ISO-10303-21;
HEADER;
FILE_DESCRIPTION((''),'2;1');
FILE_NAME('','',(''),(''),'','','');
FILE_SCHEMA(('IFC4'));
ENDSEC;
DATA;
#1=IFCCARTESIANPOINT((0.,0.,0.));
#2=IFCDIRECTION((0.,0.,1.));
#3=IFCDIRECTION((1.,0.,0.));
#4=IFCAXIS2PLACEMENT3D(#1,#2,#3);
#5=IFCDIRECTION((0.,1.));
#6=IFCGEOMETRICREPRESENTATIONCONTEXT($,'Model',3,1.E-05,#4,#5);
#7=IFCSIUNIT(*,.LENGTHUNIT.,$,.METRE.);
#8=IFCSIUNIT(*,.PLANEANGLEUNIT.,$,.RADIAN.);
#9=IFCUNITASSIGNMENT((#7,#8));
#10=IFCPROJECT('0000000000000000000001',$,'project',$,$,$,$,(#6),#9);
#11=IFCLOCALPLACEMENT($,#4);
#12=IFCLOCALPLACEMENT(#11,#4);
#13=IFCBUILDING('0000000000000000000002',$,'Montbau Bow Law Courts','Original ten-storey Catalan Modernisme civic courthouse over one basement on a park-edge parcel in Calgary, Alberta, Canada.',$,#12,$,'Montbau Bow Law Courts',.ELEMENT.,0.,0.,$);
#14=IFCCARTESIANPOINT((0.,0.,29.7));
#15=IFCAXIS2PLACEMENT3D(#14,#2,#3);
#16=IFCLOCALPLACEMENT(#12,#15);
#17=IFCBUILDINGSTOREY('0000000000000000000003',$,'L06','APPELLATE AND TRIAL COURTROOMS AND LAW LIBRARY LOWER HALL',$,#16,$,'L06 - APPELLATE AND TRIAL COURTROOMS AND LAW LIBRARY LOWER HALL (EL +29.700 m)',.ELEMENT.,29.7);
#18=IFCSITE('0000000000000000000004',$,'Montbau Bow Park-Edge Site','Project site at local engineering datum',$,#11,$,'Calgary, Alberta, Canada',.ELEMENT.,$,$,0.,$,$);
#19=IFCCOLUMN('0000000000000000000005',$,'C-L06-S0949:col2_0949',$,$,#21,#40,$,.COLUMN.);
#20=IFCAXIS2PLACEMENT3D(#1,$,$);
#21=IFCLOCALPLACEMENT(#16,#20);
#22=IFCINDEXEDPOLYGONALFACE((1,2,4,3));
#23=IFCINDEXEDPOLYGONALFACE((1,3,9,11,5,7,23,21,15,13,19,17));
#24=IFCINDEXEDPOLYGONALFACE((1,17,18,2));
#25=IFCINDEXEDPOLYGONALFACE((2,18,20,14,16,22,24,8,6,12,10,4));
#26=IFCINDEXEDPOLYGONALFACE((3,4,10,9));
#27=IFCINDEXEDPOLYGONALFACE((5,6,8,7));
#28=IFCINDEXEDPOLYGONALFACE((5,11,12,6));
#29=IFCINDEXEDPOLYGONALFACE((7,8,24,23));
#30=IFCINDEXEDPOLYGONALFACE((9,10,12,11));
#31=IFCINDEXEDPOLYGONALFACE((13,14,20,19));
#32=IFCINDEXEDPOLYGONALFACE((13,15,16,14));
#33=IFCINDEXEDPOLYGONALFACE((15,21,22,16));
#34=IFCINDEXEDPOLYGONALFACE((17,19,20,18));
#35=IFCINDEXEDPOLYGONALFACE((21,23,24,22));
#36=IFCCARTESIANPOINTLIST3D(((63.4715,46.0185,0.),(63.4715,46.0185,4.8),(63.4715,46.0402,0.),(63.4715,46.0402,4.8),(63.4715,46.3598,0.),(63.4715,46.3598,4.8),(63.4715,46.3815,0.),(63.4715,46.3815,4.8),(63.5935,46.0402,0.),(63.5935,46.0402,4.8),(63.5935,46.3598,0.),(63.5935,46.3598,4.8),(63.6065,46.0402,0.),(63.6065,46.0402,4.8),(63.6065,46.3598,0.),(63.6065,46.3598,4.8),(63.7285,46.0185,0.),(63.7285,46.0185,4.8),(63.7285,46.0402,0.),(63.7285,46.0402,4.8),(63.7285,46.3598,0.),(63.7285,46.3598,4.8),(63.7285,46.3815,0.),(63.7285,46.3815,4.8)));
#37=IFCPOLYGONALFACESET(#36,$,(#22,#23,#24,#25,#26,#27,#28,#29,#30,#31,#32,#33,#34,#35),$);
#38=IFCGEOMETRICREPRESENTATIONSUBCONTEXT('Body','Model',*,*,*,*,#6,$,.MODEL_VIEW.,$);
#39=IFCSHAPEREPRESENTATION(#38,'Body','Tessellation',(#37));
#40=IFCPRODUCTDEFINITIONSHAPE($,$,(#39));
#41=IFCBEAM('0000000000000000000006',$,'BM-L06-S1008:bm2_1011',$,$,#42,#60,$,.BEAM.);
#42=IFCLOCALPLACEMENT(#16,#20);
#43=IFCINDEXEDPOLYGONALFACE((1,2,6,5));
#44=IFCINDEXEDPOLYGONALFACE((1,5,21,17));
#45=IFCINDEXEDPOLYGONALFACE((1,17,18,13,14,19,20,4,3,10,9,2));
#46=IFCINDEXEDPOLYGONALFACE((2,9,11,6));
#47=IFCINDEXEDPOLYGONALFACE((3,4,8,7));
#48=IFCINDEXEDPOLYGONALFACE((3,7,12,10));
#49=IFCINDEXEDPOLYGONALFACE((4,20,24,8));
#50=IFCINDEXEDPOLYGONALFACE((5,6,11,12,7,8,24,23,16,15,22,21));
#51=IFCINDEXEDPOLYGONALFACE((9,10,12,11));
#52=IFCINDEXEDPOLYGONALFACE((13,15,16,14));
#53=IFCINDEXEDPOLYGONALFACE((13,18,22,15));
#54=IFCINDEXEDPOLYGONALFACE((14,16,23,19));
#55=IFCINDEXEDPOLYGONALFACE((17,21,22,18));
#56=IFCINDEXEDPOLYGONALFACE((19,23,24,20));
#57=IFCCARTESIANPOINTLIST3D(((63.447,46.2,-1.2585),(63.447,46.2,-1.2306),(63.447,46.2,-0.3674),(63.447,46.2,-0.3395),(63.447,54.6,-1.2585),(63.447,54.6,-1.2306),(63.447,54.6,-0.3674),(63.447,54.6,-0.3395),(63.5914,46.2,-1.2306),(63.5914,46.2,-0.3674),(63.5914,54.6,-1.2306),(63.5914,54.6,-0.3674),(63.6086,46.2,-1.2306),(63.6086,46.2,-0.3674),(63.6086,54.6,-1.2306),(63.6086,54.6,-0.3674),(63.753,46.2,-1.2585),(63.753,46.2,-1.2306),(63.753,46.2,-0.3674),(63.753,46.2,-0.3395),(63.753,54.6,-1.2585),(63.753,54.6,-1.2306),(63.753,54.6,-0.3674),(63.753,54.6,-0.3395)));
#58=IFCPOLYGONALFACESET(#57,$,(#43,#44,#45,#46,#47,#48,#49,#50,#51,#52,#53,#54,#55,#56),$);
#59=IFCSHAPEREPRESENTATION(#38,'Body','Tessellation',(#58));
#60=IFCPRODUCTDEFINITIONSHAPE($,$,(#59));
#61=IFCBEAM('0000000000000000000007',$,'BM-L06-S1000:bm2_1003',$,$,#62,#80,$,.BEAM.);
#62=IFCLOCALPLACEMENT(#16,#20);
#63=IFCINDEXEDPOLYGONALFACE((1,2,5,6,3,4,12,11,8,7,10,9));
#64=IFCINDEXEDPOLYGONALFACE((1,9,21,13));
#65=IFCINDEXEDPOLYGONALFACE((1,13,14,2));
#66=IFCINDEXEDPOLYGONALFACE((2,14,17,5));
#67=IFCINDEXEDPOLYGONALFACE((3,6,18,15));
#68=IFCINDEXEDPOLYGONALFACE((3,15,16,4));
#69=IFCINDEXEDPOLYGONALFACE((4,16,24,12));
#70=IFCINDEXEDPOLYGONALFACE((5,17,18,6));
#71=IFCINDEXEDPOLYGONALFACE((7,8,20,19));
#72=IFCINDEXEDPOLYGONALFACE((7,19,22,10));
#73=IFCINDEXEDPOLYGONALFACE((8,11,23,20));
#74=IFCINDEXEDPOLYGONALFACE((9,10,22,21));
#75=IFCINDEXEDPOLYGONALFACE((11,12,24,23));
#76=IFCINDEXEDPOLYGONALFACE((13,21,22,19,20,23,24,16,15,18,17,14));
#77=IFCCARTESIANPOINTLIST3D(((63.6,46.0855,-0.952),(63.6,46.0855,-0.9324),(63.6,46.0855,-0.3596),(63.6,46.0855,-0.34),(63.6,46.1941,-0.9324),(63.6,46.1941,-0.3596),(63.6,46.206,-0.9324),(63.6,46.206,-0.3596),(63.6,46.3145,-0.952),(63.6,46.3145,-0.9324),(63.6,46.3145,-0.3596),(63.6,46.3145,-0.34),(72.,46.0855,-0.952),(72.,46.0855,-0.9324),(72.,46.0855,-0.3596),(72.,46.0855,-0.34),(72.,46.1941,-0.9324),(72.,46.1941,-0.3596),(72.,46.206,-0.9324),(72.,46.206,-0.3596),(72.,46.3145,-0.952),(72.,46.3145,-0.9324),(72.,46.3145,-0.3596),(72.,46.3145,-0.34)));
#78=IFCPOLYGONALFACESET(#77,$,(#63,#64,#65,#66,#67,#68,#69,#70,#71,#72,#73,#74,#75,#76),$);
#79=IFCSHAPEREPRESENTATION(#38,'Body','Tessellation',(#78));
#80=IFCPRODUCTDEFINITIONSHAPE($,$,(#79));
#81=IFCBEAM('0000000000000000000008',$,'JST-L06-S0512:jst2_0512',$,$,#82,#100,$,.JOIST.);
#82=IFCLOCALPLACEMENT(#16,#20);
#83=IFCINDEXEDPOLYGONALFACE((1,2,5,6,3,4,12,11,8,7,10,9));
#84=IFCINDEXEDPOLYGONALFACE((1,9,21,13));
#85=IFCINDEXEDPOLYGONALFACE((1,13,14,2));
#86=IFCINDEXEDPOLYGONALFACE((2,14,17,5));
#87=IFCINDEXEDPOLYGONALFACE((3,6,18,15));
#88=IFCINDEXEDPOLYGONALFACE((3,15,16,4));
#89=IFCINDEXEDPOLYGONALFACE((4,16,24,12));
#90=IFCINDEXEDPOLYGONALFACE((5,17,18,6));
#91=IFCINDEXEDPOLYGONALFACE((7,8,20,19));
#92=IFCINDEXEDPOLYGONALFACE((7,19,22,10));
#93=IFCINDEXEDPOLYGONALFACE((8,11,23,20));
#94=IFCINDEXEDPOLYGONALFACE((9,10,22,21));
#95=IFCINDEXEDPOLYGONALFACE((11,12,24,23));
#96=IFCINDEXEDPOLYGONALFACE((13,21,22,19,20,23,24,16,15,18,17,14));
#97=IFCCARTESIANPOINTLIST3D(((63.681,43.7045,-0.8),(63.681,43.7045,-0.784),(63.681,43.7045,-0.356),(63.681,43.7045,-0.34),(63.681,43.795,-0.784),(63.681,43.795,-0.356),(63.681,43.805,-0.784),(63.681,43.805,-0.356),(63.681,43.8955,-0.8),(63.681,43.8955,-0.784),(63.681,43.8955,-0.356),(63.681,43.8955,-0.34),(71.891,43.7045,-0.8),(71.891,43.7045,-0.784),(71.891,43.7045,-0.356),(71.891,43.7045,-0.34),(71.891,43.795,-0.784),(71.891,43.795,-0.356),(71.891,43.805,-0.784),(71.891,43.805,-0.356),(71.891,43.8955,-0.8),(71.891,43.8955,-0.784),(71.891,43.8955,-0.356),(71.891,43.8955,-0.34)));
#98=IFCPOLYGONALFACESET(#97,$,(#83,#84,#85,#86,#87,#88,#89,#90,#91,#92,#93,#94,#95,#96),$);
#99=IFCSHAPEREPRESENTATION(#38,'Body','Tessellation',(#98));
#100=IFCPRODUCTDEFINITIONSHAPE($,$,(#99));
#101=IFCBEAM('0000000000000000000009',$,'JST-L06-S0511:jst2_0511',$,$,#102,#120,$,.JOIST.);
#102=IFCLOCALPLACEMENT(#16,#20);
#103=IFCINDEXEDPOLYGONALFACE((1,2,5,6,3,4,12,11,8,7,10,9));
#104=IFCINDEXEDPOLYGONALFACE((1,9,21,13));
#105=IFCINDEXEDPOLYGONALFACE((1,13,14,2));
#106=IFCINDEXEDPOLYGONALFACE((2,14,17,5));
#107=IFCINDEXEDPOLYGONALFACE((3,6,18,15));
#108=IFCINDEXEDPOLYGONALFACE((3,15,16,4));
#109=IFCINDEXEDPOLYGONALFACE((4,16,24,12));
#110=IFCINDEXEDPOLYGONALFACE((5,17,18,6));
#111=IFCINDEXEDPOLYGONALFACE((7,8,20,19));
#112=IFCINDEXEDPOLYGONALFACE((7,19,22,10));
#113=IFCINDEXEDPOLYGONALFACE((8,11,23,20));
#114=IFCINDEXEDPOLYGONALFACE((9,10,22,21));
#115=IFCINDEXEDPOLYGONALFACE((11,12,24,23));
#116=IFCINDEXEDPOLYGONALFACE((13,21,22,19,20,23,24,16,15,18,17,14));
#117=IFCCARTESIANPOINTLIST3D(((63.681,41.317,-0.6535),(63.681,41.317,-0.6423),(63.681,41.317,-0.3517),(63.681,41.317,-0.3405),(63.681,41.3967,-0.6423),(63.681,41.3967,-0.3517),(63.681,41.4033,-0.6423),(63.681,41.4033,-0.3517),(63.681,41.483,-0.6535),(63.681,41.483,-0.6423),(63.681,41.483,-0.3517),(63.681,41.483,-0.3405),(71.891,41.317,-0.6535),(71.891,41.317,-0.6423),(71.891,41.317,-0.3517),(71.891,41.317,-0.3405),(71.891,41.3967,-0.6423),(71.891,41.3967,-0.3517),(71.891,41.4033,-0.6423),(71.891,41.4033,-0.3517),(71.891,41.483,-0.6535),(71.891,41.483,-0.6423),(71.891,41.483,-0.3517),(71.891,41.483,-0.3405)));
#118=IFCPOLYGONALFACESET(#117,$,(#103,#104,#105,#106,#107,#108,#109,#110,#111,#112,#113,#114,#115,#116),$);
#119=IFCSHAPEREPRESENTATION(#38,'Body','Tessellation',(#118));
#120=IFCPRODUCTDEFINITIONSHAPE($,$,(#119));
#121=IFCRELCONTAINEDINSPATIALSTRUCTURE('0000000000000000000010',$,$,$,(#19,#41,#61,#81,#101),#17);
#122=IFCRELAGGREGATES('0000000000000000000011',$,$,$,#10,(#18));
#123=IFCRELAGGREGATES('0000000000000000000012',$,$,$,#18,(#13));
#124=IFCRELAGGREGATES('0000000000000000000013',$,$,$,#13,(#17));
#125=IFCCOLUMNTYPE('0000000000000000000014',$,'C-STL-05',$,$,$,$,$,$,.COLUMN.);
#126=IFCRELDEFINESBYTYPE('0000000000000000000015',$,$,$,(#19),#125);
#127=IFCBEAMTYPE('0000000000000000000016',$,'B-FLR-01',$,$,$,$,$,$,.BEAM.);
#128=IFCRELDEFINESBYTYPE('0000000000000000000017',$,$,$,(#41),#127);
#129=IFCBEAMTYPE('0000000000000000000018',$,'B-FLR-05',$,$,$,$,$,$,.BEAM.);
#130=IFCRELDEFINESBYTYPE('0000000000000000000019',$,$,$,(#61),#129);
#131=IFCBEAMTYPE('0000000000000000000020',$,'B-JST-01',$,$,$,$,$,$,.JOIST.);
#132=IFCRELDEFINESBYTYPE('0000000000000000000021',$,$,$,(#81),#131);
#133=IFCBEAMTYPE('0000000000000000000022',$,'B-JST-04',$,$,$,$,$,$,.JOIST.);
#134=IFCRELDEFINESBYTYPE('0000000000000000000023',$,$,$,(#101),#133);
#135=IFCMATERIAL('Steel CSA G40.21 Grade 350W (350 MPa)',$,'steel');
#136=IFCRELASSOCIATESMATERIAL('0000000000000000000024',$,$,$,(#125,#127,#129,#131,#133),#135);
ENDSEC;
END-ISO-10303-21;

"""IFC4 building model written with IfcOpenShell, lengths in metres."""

from ifc_helpers import new_model, si_unit, direction, frame, origin_with_axes, origin_2d_with_axis, place, context, subcontext, project, spatial, i_section, extrude, material, material_profile, profile_set, type_object, element, save


model = new_model("IFC4")

# Units and contexts
model_context = context("Model", 3, precision=1e-05, world=origin_with_axes(), true_north=direction((0.0, 1.0)))
body_context = subcontext(model_context, "Body", "Model", "MODEL_VIEW")
ifc_project = project(units=[si_unit("LENGTHUNIT", "METRE"), si_unit("PLANEANGLEUNIT", "RADIAN")], contexts=[model_context])

# Site, building, storey
site_placement = place(None, origin_with_axes())
site = spatial("IfcSite", under=ifc_project, at=site_placement, Name="Montbau Bow Park-Edge Site", Description="Project site at local engineering datum", LongName="Calgary, Alberta, Canada", CompositionType="ELEMENT", RefElevation=0.0)
building_placement = place(site_placement, origin_with_axes())
building = spatial("IfcBuilding", under=site, at=building_placement, Name="Montbau Bow Law Courts", Description="Original ten-storey Catalan Modernisme civic courthouse over one basement on a park-edge parcel in Calgary, Alberta, Canada.", LongName="Montbau Bow Law Courts", CompositionType="ELEMENT", ElevationOfRefHeight=0.0, ElevationOfTerrain=0.0)
storey_placement = place(building_placement, frame((0.0, 0.0, 29.7), z_axis=(0.0, 0.0, 1.0), x_axis=(1.0, 0.0, 0.0)))
storey = spatial("IfcBuildingStorey", under=building, at=storey_placement, Name="L06", Description="APPELLATE AND TRIAL COURTROOMS AND LAW LIBRARY LOWER HALL", LongName="L06 - APPELLATE AND TRIAL COURTROOMS AND LAW LIBRARY LOWER HALL (EL +29.700 m)", CompositionType="ELEMENT", Elevation=29.7)

# Column
ifc_material_1 = material(Name="Steel CSA G40.21 Grade 350W (350 MPa)", Category="steel")
ifc_material_profile_1 = material_profile(ifc_material_1, i_section(OverallWidth=0.257, OverallDepth=0.363, WebThickness=0.013, FlangeThickness=0.0217, at=origin_2d_with_axis()), Name="W360X122", Category="Main", Priority=0)
ifc_profile_set_1 = profile_set([ifc_material_profile_1], Name="Steel CSA G40.21 Grade 350W (350 MPa)")
column_type = type_object("IfcColumnType", Name="C-STL-05", PredefinedType="COLUMN", material=ifc_profile_set_1)
column_placement = place(None, frame((63.6, 46.2, 29.7), z_axis=(0.0, 0.0, 1.0), x_axis=(1.0, 0.0, 0.0)))
element("IfcColumn", 1, at=column_placement, inside=storey, type_object=column_type, Name="C-L06-S0949:col2_0949", PredefinedType="COLUMN", context=body_context, shape_type="SweptSolid", body=[
    extrude(i_section(OverallWidth=0.257, OverallDepth=0.363, WebThickness=0.013, FlangeThickness=0.0217, at=origin_2d_with_axis()), origin_with_axes(), (0.0, 0.0, 1.0), 4.8),
])

# Beams
ifc_material_profile_2 = material_profile(ifc_material_1, i_section(OverallWidth=0.306, OverallDepth=0.919, WebThickness=0.0173, FlangeThickness=0.0279, at=origin_2d_with_axis()), Name="W920X253", Category="Main", Priority=0)
ifc_profile_set_2 = profile_set([ifc_material_profile_2], Name="Steel CSA G40.21 Grade 350W (350 MPa)")
beam_type_1 = type_object("IfcBeamType", Name="B-FLR-01", PredefinedType="BEAM", material=ifc_profile_set_2)
beam_1_placement = place(None, frame((63.6, 46.2, 28.901), z_axis=(0.0, 1.0, 0.0), x_axis=(-1.0, 0.0, 0.0)))
element("IfcBeam", 2, at=beam_1_placement, inside=storey, type_object=beam_type_1, Name="BM-L06-S1008:bm2_1011", PredefinedType="BEAM", context=body_context, shape_type="SweptSolid", body=[
    extrude(i_section(OverallWidth=0.306, OverallDepth=0.919, WebThickness=0.0173, FlangeThickness=0.0279, at=origin_2d_with_axis()), origin_with_axes(), (0.0, 0.0, 1.0), 8.4),
])
ifc_material_profile_3 = material_profile(ifc_material_1, i_section(OverallWidth=0.229, OverallDepth=0.612, WebThickness=0.0119, FlangeThickness=0.0196, at=origin_2d_with_axis()), Name="W610X125", Category="Main", Priority=0)
ifc_profile_set_3 = profile_set([ifc_material_profile_3], Name="Steel CSA G40.21 Grade 350W (350 MPa)")
beam_type_2 = type_object("IfcBeamType", Name="B-FLR-05", PredefinedType="BEAM", material=ifc_profile_set_3)
beam_2_placement = place(None, frame((63.6, 46.2, 29.054), z_axis=(1.0, 0.0, 0.0), x_axis=(0.0, 1.0, 0.0)))
element("IfcBeam", 3, at=beam_2_placement, inside=storey, type_object=beam_type_2, Name="BM-L06-S1000:bm2_1003", PredefinedType="BEAM", context=body_context, shape_type="SweptSolid", body=[
    extrude(i_section(OverallWidth=0.229, OverallDepth=0.612, WebThickness=0.0119, FlangeThickness=0.0196, at=origin_2d_with_axis()), origin_with_axes(), (0.0, 0.0, 1.0), 8.4),
])
ifc_material_profile_4 = material_profile(ifc_material_1, i_section(OverallWidth=0.191, OverallDepth=0.46, WebThickness=0.0099, FlangeThickness=0.016, at=origin_2d_with_axis()), Name="W460X82", Category="Main", Priority=0)
ifc_profile_set_4 = profile_set([ifc_material_profile_4], Name="Steel CSA G40.21 Grade 350W (350 MPa)")
beam_type_3 = type_object("IfcBeamType", Name="B-JST-01", PredefinedType="JOIST", material=ifc_profile_set_4)
beam_3_placement = place(None, frame((63.681, 43.8, 29.13), z_axis=(1.0, 0.0, 0.0), x_axis=(0.0, 1.0, 0.0)))
element("IfcBeam", 4, at=beam_3_placement, inside=storey, type_object=beam_type_3, Name="JST-L06-S0512:jst2_0512", PredefinedType="JOIST", context=body_context, shape_type="SweptSolid", body=[
    extrude(i_section(OverallWidth=0.191, OverallDepth=0.46, WebThickness=0.0099, FlangeThickness=0.016, at=origin_2d_with_axis()), origin_with_axes(), (0.0, 0.0, 1.0), 8.21),
])
ifc_material_profile_5 = material_profile(ifc_material_1, i_section(OverallWidth=0.166, OverallDepth=0.313, WebThickness=0.0066, FlangeThickness=0.0112, at=origin_2d_with_axis()), Name="W310X45", Category="Main", Priority=0)
ifc_profile_set_5 = profile_set([ifc_material_profile_5], Name="Steel CSA G40.21 Grade 350W (350 MPa)")
beam_type_4 = type_object("IfcBeamType", Name="B-JST-04", PredefinedType="JOIST", material=ifc_profile_set_5)
beam_4_placement = place(None, frame((63.681, 41.4, 29.203), z_axis=(1.0, 0.0, 0.0), x_axis=(0.0, 1.0, 0.0)))
element("IfcBeam", 5, at=beam_4_placement, inside=storey, type_object=beam_type_4, Name="JST-L06-S0511:jst2_0511", PredefinedType="JOIST", context=body_context, shape_type="SweptSolid", body=[
    extrude(i_section(OverallWidth=0.166, OverallDepth=0.313, WebThickness=0.0066, FlangeThickness=0.0112, at=origin_2d_with_axis()), origin_with_axes(), (0.0, 0.0, 1.0), 8.21),
])

save(model, "model.ifc")
